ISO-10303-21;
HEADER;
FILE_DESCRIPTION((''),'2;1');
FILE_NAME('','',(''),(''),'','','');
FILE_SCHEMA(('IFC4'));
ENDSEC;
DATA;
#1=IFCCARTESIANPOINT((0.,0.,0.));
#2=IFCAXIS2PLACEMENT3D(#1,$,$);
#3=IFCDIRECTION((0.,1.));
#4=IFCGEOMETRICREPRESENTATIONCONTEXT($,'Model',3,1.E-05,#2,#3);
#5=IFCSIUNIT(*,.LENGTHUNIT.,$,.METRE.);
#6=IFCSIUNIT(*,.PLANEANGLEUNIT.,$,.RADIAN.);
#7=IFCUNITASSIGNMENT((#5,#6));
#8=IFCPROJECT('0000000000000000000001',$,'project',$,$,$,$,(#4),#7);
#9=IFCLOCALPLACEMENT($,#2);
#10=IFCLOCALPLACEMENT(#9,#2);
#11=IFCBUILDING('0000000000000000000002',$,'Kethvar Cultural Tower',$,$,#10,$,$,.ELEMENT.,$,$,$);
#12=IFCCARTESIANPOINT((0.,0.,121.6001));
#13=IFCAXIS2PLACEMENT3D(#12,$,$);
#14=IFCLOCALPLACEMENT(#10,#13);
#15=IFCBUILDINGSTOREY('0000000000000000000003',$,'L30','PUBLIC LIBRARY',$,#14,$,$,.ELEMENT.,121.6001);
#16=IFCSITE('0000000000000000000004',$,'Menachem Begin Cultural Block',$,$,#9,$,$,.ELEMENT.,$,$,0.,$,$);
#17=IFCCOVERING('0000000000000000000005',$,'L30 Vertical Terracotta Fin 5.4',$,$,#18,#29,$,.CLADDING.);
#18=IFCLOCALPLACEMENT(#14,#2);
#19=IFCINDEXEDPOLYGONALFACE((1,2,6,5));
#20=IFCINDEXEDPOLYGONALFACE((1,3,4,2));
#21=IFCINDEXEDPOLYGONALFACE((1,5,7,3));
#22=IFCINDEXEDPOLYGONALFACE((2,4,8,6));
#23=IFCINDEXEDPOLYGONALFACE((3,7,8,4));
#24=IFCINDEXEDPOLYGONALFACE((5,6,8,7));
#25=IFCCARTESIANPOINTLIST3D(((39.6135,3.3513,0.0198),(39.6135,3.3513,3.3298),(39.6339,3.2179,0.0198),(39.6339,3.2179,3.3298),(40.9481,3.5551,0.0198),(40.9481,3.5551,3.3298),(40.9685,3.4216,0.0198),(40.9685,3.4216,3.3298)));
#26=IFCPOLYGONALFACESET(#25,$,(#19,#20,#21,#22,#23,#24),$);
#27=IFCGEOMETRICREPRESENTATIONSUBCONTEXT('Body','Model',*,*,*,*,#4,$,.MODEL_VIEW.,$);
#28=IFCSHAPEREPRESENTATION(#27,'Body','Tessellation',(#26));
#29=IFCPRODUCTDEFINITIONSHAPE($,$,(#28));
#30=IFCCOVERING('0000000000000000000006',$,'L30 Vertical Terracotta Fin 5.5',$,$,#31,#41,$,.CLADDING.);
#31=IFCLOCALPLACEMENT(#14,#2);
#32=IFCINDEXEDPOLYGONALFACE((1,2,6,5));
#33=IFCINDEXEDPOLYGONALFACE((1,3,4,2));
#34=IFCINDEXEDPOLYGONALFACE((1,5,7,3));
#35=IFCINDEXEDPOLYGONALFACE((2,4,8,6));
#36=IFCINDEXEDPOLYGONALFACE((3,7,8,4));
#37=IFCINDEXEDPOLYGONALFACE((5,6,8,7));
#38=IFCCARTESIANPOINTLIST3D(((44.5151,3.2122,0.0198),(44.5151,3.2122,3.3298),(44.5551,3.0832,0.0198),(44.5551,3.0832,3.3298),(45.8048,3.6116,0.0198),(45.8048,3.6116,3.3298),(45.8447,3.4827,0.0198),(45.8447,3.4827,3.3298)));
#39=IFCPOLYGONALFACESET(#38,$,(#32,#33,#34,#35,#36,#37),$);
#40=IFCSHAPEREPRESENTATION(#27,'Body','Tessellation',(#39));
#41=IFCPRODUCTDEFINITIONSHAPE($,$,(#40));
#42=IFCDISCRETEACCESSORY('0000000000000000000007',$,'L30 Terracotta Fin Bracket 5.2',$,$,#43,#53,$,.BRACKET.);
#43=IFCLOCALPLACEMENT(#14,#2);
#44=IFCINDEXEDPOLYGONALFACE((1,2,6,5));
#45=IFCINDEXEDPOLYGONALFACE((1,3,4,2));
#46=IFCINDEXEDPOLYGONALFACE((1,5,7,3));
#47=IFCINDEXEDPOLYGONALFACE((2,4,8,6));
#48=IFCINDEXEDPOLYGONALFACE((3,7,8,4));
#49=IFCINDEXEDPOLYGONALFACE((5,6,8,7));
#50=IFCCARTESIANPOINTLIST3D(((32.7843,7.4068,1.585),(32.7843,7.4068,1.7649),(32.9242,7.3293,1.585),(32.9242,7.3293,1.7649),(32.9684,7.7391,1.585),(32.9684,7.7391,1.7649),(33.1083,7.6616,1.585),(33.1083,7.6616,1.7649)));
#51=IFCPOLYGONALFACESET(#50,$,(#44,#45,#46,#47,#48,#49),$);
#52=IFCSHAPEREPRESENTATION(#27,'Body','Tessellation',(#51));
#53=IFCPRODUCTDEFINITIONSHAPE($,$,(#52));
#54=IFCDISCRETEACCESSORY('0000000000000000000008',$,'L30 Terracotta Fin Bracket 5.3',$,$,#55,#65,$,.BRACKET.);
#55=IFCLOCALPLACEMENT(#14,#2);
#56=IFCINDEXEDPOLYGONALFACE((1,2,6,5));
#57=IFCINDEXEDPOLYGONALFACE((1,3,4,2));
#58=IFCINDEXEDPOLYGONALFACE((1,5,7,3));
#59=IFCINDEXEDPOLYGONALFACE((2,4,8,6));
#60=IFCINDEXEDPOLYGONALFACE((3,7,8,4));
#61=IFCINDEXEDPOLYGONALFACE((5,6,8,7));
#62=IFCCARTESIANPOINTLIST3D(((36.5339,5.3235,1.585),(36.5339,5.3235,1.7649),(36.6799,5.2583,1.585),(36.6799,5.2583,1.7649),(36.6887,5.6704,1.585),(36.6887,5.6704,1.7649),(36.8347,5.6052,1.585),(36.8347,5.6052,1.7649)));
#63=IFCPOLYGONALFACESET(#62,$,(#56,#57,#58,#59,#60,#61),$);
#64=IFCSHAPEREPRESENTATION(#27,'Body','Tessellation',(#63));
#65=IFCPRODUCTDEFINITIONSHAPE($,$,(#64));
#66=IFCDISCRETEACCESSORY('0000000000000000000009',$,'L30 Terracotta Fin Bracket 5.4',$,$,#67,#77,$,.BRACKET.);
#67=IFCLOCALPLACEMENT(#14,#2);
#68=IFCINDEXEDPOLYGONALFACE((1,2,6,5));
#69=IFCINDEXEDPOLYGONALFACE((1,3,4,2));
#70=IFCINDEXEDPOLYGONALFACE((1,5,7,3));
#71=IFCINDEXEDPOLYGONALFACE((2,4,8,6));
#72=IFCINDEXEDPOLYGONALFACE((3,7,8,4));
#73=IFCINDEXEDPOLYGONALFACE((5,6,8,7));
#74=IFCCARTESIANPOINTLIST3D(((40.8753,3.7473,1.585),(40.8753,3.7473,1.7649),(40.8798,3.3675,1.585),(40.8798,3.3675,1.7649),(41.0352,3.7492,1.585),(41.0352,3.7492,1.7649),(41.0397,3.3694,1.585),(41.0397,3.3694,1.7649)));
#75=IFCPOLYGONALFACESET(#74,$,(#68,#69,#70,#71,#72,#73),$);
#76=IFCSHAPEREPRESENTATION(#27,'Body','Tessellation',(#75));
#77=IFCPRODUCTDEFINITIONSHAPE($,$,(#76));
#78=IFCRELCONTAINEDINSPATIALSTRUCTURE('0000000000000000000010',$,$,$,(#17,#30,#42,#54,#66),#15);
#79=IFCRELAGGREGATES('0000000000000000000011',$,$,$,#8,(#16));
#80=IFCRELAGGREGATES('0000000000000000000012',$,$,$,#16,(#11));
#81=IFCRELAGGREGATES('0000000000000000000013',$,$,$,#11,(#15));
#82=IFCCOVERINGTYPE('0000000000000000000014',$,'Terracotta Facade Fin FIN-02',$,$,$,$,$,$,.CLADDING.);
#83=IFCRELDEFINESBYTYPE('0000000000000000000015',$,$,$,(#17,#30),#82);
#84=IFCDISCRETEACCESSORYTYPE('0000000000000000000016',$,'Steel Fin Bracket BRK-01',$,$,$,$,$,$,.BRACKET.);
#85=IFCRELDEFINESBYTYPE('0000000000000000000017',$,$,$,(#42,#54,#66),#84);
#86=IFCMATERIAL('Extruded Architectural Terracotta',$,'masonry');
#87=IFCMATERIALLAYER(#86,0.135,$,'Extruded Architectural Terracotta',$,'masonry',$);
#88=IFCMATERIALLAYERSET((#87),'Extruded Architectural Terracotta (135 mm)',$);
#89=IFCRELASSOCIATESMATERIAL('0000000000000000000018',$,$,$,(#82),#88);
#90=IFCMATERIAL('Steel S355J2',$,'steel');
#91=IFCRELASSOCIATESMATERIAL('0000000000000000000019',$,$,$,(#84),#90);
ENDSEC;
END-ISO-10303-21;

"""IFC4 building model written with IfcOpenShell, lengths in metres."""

from ifc_helpers import new_model, si_unit, direction, frame, origin, origin_2d, place, context, subcontext, project, spatial, rectangle, extrude, source, transform, mapped, material, layer, layer_set, type_object, element, save


model = new_model("IFC4")

# Units and contexts
model_context = context("Model", 3, precision=1e-05, world=origin(), true_north=direction((0.0, 1.0)))
body_context = subcontext(model_context, "Body", "Model", "MODEL_VIEW")
ifc_project = project(units=[si_unit("LENGTHUNIT", "METRE"), si_unit("PLANEANGLEUNIT", "RADIAN")], contexts=[model_context])

# Site, building, storey
site_placement = place(None, origin())
site = spatial("IfcSite", under=ifc_project, at=site_placement, Name="Menachem Begin Cultural Block", CompositionType="ELEMENT", RefElevation=0.0)
building_placement = place(site_placement, origin())
building = spatial("IfcBuilding", under=site, at=building_placement, Name="Kethvar Cultural Tower", CompositionType="ELEMENT")
storey_placement = place(building_placement, frame((0.0, 0.0, 121.6001)))
storey = spatial("IfcBuildingStorey", under=building, at=storey_placement, Name="L30", Description="PUBLIC LIBRARY", CompositionType="ELEMENT", Elevation=121.6001)

# Shared definitions
ifc_material_1 = material(Name="Steel S355J2", Category="steel")

# Coverings
ifc_material_2 = material(Name="Extruded Architectural Terracotta", Category="masonry")
ifc_layer_1 = layer(ifc_material_2, 0.135, Name="Extruded Architectural Terracotta", Category="masonry")
ifc_layer_set_1 = layer_set([ifc_layer_1], Name="Extruded Architectural Terracotta (135 mm)")
covering_type_1 = type_object("IfcCoveringType", Name="Terracotta Facade Fin FIN-02", PredefinedType="CLADDING", material=ifc_layer_set_1)
shared_shape_1 = source(origin(), body_context, "Body", "SweptSolid", [
    extrude(rectangle(XDim=1.3501, YDim=0.135, at=origin_2d()), origin(), (0.0, 0.0, 1.0), 3.3101),
])
for number, where, z_axis, x_axis, name in (
    (1, (40.291, 3.3865, 0.0198), (0.0, 0.0, 1.0), (-0.988547, -0.150916, 0.0), "L30 Vertical Terracotta Fin 5.4"),
    (2, (45.1799, 3.3474, 0.0198), (0.0, 0.0, 1.0), (-0.955227, -0.295875, 0.0), "L30 Vertical Terracotta Fin 5.5"),
):
    element("IfcCovering", number, at=place(storey_placement, frame(where, z_axis=z_axis, x_axis=x_axis)), inside=storey, type_object=covering_type_1, Name=name, PredefinedType="CLADDING", context=body_context, shape_type="MappedRepresentation", body=[
        mapped(shared_shape_1, transform((0.0, 0.0, 0.0), scale=1.0)),
    ])

# Discrete accessories
discrete_accessory_type = type_object("IfcDiscreteAccessoryType", Name="Steel Fin Bracket BRK-01", PredefinedType="BRACKET", material=ifc_material_1)
shared_shape_2 = source(origin(), body_context, "Body", "SweptSolid", [
    extrude(rectangle(XDim=0.3799, YDim=0.1599, at=origin_2d()), origin(), (0.0, 0.0, 1.0), 0.1799),
])
for number, where, z_axis, x_axis, name in (
    (3, (32.9463, 7.5342, 1.585), (0.0, 0.0, 1.0), (-0.484504, -0.874789, 0.0), "L30 Terracotta Fin Bracket 5.2"),
    (4, (36.6843, 5.4644, 1.585), (0.0, 0.0, 1.0), (-0.407534, -0.91319, 0.0), "L30 Terracotta Fin Bracket 5.3"),
    (5, (40.9575, 3.5583, 1.585), (0.0, 0.0, 1.0), (0.011868, -0.99993, 0.0), "L30 Terracotta Fin Bracket 5.4"),
):
    element("IfcDiscreteAccessory", number, at=place(storey_placement, frame(where, z_axis=z_axis, x_axis=x_axis)), inside=storey, type_object=discrete_accessory_type, Name=name, PredefinedType="BRACKET", context=body_context, shape_type="MappedRepresentation", body=[
        mapped(shared_shape_2, transform((0.0, 0.0, 0.0), scale=1.0)),
    ])

save(model, "model.ifc")
